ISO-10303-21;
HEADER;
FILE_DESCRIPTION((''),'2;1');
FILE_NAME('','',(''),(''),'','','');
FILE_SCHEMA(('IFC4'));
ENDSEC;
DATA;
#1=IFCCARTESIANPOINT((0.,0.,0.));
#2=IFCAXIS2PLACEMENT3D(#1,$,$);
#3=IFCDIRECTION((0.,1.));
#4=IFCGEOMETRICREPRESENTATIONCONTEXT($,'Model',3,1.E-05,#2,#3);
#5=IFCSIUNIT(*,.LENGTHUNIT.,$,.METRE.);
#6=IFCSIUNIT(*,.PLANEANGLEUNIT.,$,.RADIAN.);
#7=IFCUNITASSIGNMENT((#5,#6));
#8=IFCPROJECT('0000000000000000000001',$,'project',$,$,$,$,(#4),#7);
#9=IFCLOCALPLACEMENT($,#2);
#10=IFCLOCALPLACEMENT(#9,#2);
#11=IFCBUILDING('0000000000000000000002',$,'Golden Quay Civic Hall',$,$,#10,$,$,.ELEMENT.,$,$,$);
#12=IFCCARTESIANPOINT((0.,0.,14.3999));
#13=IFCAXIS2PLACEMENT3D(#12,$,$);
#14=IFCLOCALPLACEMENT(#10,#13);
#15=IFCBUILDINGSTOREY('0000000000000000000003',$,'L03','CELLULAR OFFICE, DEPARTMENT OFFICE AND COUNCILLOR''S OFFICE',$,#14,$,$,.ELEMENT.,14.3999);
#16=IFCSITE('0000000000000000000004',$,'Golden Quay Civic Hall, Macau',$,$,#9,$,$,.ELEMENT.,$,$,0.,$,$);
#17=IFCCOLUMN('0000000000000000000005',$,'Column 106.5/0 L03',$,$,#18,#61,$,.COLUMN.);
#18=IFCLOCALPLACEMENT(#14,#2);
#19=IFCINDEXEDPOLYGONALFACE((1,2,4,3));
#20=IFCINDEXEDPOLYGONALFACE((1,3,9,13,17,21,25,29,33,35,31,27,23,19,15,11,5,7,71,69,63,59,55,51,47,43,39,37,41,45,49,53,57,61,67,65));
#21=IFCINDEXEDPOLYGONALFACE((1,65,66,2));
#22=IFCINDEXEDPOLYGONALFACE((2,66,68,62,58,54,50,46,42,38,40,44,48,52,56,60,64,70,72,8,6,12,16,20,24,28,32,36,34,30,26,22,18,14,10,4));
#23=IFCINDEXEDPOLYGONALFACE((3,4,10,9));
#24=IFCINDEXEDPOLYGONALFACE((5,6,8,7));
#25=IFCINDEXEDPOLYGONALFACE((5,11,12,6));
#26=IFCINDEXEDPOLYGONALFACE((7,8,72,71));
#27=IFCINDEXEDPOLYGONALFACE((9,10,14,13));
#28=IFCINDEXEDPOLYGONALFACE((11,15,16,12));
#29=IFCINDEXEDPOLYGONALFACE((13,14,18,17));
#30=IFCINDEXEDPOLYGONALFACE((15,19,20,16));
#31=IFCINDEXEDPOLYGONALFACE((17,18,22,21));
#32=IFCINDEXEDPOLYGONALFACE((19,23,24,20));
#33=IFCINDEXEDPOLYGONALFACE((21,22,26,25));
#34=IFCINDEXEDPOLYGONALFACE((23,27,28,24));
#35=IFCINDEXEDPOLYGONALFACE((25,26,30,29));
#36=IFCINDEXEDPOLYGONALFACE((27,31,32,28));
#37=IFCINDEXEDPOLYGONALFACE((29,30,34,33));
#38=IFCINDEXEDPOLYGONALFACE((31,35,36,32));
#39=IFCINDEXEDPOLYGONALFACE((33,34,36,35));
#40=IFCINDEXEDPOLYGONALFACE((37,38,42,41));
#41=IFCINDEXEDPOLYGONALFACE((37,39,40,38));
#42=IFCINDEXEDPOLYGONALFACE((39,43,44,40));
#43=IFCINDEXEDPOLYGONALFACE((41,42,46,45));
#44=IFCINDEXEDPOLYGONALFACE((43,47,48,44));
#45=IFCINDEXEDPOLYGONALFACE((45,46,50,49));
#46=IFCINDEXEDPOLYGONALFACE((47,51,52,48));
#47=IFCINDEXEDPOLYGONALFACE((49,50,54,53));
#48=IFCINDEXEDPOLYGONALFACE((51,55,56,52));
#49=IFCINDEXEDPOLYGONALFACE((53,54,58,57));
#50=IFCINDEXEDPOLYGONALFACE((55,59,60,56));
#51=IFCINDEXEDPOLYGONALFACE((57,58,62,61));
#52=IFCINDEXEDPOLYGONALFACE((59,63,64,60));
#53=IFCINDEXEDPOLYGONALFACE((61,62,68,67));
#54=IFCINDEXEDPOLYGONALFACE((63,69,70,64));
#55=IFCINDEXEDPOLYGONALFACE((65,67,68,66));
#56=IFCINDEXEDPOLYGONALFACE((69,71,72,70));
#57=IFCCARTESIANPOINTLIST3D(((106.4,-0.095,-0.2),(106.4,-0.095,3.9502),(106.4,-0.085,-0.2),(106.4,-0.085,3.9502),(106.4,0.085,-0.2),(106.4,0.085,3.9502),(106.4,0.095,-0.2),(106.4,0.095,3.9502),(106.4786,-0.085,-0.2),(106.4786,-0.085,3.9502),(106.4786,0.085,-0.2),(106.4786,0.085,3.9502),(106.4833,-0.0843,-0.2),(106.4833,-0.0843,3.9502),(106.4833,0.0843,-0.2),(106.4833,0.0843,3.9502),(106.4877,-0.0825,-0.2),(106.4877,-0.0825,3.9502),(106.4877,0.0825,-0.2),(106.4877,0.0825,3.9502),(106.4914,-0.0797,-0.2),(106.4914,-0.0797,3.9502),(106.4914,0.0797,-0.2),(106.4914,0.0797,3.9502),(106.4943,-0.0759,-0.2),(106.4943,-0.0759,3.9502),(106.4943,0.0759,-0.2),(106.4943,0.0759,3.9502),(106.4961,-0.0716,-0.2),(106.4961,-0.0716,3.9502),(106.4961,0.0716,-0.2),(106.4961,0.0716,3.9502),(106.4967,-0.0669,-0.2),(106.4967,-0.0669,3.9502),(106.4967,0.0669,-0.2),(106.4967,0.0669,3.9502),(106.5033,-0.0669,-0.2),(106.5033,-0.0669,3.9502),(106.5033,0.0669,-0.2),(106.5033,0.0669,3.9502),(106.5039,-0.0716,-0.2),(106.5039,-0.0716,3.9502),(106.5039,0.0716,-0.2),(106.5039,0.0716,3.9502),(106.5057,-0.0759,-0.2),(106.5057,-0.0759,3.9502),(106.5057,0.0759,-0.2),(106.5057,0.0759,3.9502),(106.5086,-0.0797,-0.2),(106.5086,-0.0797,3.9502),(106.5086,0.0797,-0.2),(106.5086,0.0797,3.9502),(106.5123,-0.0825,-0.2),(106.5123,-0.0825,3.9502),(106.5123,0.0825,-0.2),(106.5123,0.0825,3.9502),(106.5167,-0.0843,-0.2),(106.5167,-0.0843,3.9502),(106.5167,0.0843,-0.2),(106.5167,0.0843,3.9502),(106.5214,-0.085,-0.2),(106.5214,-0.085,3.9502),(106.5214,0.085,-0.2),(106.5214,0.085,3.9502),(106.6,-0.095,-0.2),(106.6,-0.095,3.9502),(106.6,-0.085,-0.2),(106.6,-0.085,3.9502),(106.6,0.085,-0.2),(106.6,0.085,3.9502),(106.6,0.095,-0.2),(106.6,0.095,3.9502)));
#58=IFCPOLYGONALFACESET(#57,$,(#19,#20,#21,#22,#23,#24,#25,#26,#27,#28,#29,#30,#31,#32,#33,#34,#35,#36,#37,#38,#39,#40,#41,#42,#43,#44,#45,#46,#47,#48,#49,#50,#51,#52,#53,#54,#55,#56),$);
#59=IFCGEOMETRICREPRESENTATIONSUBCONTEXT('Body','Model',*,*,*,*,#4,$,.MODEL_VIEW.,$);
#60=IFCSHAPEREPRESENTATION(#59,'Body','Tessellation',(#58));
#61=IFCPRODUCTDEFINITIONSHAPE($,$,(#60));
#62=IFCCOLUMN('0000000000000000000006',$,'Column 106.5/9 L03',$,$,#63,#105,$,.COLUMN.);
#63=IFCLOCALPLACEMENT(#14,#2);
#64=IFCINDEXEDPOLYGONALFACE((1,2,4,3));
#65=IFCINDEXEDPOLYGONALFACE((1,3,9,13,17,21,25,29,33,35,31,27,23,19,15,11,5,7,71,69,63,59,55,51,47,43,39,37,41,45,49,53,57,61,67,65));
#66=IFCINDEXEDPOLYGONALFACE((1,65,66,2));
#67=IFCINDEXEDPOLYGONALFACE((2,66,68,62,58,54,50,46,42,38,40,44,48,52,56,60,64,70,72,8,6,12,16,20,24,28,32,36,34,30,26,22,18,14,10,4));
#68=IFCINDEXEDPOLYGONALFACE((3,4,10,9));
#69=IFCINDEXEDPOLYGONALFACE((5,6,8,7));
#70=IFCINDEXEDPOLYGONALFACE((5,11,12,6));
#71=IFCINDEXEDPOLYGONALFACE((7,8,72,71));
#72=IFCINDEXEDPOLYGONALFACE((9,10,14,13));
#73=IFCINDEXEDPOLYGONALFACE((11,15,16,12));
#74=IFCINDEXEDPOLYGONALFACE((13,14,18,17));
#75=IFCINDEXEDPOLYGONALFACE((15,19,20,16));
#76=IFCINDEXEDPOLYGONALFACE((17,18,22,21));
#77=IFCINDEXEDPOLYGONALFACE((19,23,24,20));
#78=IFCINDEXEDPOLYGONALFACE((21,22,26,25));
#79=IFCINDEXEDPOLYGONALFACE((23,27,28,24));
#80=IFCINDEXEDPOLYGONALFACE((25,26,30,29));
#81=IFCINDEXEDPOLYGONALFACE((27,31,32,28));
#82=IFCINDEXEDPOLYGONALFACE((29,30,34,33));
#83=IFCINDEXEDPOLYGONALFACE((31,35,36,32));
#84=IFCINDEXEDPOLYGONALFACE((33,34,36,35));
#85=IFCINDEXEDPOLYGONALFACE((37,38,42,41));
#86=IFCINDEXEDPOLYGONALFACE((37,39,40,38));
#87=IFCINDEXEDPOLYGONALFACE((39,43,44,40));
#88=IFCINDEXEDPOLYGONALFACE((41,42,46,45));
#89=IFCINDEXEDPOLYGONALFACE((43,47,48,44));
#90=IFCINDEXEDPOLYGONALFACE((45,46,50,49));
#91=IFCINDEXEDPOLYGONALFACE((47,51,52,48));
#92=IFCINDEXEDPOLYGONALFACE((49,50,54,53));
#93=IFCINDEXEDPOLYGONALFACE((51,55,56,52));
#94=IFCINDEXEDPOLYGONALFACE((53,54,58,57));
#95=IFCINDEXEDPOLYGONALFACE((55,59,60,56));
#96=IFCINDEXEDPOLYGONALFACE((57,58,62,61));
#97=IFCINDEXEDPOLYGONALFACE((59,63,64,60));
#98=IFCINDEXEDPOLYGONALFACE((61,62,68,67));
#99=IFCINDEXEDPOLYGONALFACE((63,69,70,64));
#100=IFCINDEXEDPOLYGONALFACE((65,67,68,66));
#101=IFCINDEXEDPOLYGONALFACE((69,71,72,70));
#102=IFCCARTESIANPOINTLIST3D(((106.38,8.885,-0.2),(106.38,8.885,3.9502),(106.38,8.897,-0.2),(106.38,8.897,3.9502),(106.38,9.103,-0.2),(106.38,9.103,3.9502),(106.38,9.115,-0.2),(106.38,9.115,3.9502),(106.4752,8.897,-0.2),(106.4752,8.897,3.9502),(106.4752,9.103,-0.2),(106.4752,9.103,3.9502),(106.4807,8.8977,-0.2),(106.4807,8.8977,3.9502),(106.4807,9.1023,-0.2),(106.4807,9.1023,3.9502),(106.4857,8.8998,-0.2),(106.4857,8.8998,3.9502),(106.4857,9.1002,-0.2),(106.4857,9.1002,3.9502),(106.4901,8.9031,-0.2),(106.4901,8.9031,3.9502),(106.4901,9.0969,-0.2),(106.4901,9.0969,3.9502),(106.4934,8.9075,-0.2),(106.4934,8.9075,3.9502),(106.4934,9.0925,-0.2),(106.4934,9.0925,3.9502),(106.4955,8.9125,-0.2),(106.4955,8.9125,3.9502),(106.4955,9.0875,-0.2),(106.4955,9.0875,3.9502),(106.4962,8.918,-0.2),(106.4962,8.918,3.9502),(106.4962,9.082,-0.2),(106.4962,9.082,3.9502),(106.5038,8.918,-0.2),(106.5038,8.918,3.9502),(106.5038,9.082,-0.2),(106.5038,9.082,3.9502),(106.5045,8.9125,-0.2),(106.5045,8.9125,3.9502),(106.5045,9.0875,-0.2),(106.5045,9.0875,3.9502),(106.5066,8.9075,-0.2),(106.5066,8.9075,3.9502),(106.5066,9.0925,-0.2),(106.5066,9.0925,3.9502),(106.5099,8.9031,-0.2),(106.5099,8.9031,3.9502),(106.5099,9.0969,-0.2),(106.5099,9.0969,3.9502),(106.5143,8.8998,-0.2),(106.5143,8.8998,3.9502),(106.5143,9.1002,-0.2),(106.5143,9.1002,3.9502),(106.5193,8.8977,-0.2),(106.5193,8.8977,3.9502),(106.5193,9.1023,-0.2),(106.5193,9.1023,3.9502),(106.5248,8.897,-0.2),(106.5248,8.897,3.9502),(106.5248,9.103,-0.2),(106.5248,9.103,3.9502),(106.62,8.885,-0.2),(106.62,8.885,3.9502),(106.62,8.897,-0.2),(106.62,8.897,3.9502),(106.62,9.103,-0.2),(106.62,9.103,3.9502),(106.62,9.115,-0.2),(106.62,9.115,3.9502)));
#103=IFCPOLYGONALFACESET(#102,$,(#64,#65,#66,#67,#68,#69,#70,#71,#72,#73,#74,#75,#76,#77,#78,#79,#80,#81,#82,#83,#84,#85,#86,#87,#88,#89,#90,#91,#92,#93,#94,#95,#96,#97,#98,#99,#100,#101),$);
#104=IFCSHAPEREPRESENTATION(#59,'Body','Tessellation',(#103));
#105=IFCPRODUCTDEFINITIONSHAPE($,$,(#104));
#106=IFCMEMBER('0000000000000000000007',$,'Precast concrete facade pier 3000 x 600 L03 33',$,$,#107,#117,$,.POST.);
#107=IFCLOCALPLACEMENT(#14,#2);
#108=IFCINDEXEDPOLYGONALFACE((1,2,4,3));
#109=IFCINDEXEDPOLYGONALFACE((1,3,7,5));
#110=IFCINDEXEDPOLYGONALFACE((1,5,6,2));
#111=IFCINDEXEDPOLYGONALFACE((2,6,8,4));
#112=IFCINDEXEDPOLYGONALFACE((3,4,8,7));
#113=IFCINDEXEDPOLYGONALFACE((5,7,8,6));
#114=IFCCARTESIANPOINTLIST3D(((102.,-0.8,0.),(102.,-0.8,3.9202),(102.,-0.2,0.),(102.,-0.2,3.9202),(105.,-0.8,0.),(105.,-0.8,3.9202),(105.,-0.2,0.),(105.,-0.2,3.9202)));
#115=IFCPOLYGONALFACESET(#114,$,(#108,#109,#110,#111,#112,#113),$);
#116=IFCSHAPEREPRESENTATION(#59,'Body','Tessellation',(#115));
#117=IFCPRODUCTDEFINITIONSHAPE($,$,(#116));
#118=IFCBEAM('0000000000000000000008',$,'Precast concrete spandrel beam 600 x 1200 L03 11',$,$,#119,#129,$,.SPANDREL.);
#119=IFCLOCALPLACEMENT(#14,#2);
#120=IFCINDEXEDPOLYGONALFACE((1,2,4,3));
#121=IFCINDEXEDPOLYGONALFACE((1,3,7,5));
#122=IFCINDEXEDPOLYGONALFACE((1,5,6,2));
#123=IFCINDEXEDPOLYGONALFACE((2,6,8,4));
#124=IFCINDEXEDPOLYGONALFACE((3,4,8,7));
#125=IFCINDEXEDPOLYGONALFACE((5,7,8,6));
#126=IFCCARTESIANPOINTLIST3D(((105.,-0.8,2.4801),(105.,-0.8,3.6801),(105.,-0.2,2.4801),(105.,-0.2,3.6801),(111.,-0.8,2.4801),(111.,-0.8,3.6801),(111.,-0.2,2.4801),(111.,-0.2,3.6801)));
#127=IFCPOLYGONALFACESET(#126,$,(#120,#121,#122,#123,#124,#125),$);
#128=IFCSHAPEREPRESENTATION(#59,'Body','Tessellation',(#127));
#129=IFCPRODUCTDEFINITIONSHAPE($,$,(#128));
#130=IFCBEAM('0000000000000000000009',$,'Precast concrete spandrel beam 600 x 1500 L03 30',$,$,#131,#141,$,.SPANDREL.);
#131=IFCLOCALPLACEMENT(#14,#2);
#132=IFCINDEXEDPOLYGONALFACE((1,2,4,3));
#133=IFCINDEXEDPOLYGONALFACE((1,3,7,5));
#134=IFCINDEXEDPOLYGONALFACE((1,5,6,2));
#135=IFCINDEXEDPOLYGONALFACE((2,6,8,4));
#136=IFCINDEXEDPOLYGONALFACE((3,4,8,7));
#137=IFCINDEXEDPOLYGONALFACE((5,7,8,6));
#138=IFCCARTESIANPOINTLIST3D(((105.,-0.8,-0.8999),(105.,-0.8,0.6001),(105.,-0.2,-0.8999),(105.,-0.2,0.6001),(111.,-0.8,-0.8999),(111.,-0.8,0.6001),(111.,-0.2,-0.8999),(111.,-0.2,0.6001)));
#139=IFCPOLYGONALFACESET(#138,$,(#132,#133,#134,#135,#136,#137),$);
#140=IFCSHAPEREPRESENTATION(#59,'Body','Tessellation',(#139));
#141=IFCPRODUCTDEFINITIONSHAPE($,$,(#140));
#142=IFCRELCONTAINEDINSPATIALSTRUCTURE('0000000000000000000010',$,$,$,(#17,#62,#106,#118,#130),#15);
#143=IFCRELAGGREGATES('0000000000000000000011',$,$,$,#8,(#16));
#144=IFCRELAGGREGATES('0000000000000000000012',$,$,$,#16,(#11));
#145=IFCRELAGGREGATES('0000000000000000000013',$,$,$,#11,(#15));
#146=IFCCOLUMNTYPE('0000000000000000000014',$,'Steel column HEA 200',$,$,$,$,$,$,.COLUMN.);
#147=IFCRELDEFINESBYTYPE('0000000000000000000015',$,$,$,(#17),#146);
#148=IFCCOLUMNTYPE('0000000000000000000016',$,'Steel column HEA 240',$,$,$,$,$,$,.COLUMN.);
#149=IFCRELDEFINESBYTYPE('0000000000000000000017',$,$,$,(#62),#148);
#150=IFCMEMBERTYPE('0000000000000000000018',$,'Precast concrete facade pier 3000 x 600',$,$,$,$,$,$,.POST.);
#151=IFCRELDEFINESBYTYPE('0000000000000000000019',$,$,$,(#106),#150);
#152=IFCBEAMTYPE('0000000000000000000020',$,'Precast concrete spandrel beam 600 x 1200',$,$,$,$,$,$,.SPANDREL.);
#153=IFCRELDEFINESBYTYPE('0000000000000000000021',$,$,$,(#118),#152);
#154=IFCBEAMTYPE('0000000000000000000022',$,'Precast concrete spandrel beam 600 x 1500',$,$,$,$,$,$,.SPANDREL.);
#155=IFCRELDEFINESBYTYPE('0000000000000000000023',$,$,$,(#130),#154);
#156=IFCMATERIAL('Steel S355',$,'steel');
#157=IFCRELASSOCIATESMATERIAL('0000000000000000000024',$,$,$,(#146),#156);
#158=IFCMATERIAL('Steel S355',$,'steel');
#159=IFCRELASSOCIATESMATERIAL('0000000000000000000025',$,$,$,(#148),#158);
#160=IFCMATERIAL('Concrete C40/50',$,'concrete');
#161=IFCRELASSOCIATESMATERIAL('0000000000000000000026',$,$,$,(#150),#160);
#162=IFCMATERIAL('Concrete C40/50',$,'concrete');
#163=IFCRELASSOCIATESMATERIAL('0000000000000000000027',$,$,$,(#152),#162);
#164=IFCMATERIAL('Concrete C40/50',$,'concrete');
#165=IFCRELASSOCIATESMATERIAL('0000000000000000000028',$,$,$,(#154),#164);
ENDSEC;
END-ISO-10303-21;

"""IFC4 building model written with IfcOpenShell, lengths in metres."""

from ifc_helpers import new_model, si_unit, direction, frame, origin, origin_2d, place, context, subcontext, project, spatial, rectangle, i_section, extrude, material, material_profile, profile_set, type_object, element, save


model = new_model("IFC4")

# Units and contexts
model_context = context("Model", 3, precision=1e-05, world=origin(), true_north=direction((0.0, 1.0)))
body_context = subcontext(model_context, "Body", "Model", "MODEL_VIEW")
ifc_project = project(units=[si_unit("LENGTHUNIT", "METRE"), si_unit("PLANEANGLEUNIT", "RADIAN")], contexts=[model_context])

# Site, building, storey
site_placement = place(None, origin())
site = spatial("IfcSite", under=ifc_project, at=site_placement, Name="Golden Quay Civic Hall, Macau", CompositionType="ELEMENT", RefElevation=0.0)
building_placement = place(site_placement, origin())
building = spatial("IfcBuilding", under=site, at=building_placement, Name="Golden Quay Civic Hall", CompositionType="ELEMENT")
storey_placement = place(building_placement, frame((0.0, 0.0, 14.3999)))
storey = spatial("IfcBuildingStorey", under=building, at=storey_placement, Name="L03", Description="CELLULAR OFFICE, DEPARTMENT OFFICE AND COUNCILLOR'S OFFICE", CompositionType="ELEMENT", Elevation=14.3999)

# Columns
ifc_material_1 = material(Name="Steel S355", Category="steel")
ifc_material_profile_1 = material_profile(ifc_material_1, i_section(OverallWidth=0.2, OverallDepth=0.1899, WebThickness=0.0066, FlangeThickness=0.01, FilletRadius=0.0181, at=origin_2d()), Name="HEA 200")
ifc_profile_set_1 = profile_set([ifc_material_profile_1], Name="Steel S355")
column_type_1 = type_object("IfcColumnType", Name="Steel column HEA 200", PredefinedType="COLUMN", material=ifc_profile_set_1)
column_1_placement = place(storey_placement, frame((106.5, 0.0, -0.2), z_axis=(0.0, 0.0, 1.0), x_axis=(1.0, 0.0, 0.0)))
element("IfcColumn", 1, at=column_1_placement, inside=storey, type_object=column_type_1, Name="Column 106.5/0 L03", PredefinedType="COLUMN", context=body_context, shape_type="SweptSolid", body=[
    extrude(i_section(OverallWidth=0.2, OverallDepth=0.1899, WebThickness=0.0066, FlangeThickness=0.01, FilletRadius=0.0181, at=origin_2d()), origin(), (0.0, 0.0, 1.0), 4.1501),
])
ifc_material_2 = material(Name="Steel S355", Category="steel")
ifc_material_profile_2 = material_profile(ifc_material_2, i_section(OverallWidth=0.24, OverallDepth=0.23, WebThickness=0.0076, FlangeThickness=0.012, FilletRadius=0.021, at=origin_2d()), Name="HEA 240")
ifc_profile_set_2 = profile_set([ifc_material_profile_2], Name="Steel S355")
column_type_2 = type_object("IfcColumnType", Name="Steel column HEA 240", PredefinedType="COLUMN", material=ifc_profile_set_2)
column_2_placement = place(storey_placement, frame((106.5, 9.0, -0.2), z_axis=(0.0, 0.0, 1.0), x_axis=(1.0, 0.0, 0.0)))
element("IfcColumn", 2, at=column_2_placement, inside=storey, type_object=column_type_2, Name="Column 106.5/9 L03", PredefinedType="COLUMN", context=body_context, shape_type="SweptSolid", body=[
    extrude(i_section(OverallWidth=0.24, OverallDepth=0.23, WebThickness=0.0076, FlangeThickness=0.012, FilletRadius=0.021, at=origin_2d()), origin(), (0.0, 0.0, 1.0), 4.1501),
])

# Member
ifc_material_3 = material(Name="Concrete C40/50", Category="concrete")
ifc_material_profile_3 = material_profile(ifc_material_3, rectangle(XDim=3.0, YDim=0.6001, at=origin_2d()), Name="RC 3000x600")
ifc_profile_set_3 = profile_set([ifc_material_profile_3], Name="Concrete C40/50")
member_type = type_object("IfcMemberType", Name="Precast concrete facade pier 3000 x 600", PredefinedType="POST", material=ifc_profile_set_3)
member_placement = place(storey_placement, frame((103.5, -0.5, 0.0), z_axis=(0.0, 0.0, 1.0), x_axis=(1.0, 0.0, 0.0)))
element("IfcMember", 3, at=member_placement, inside=storey, type_object=member_type, Name="Precast concrete facade pier 3000 x 600 L03 33", PredefinedType="POST", context=body_context, shape_type="SweptSolid", body=[
    extrude(rectangle(XDim=3.0, YDim=0.6001, at=origin_2d()), origin(), (0.0, 0.0, 1.0), 3.9202),
])

# Beams
ifc_material_4 = material(Name="Concrete C40/50", Category="concrete")
ifc_material_profile_4 = material_profile(ifc_material_4, rectangle(XDim=0.6001, YDim=1.2, at=origin_2d()), Name="RC 600x1200")
ifc_profile_set_4 = profile_set([ifc_material_profile_4], Name="Concrete C40/50")
beam_type_1 = type_object("IfcBeamType", Name="Precast concrete spandrel beam 600 x 1200", PredefinedType="SPANDREL", material=ifc_profile_set_4)
beam_1_placement = place(storey_placement, frame((105.0, -0.5, 3.0801), z_axis=(1.0, 0.0, 0.0), x_axis=(0.0, 1.0, 0.0)))
element("IfcBeam", 4, at=beam_1_placement, inside=storey, type_object=beam_type_1, Name="Precast concrete spandrel beam 600 x 1200 L03 11", PredefinedType="SPANDREL", context=body_context, shape_type="SweptSolid", body=[
    extrude(rectangle(XDim=0.6001, YDim=1.2, at=origin_2d()), origin(), (0.0, 0.0, 1.0), 6.0),
])
ifc_material_5 = material(Name="Concrete C40/50", Category="concrete")
ifc_material_profile_5 = material_profile(ifc_material_5, rectangle(XDim=0.6001, YDim=1.5, at=origin_2d()), Name="RC 600x1500")
ifc_profile_set_5 = profile_set([ifc_material_profile_5], Name="Concrete C40/50")
beam_type_2 = type_object("IfcBeamType", Name="Precast concrete spandrel beam 600 x 1500", PredefinedType="SPANDREL", material=ifc_profile_set_5)
beam_2_placement = place(storey_placement, frame((105.0, -0.5, -0.1499), z_axis=(1.0, 0.0, 0.0), x_axis=(0.0, 1.0, 0.0)))
element("IfcBeam", 5, at=beam_2_placement, inside=storey, type_object=beam_type_2, Name="Precast concrete spandrel beam 600 x 1500 L03 30", PredefinedType="SPANDREL", context=body_context, shape_type="SweptSolid", body=[
    extrude(rectangle(XDim=0.6001, YDim=1.5, at=origin_2d()), origin(), (0.0, 0.0, 1.0), 6.0),
])

save(model, "model.ifc")
